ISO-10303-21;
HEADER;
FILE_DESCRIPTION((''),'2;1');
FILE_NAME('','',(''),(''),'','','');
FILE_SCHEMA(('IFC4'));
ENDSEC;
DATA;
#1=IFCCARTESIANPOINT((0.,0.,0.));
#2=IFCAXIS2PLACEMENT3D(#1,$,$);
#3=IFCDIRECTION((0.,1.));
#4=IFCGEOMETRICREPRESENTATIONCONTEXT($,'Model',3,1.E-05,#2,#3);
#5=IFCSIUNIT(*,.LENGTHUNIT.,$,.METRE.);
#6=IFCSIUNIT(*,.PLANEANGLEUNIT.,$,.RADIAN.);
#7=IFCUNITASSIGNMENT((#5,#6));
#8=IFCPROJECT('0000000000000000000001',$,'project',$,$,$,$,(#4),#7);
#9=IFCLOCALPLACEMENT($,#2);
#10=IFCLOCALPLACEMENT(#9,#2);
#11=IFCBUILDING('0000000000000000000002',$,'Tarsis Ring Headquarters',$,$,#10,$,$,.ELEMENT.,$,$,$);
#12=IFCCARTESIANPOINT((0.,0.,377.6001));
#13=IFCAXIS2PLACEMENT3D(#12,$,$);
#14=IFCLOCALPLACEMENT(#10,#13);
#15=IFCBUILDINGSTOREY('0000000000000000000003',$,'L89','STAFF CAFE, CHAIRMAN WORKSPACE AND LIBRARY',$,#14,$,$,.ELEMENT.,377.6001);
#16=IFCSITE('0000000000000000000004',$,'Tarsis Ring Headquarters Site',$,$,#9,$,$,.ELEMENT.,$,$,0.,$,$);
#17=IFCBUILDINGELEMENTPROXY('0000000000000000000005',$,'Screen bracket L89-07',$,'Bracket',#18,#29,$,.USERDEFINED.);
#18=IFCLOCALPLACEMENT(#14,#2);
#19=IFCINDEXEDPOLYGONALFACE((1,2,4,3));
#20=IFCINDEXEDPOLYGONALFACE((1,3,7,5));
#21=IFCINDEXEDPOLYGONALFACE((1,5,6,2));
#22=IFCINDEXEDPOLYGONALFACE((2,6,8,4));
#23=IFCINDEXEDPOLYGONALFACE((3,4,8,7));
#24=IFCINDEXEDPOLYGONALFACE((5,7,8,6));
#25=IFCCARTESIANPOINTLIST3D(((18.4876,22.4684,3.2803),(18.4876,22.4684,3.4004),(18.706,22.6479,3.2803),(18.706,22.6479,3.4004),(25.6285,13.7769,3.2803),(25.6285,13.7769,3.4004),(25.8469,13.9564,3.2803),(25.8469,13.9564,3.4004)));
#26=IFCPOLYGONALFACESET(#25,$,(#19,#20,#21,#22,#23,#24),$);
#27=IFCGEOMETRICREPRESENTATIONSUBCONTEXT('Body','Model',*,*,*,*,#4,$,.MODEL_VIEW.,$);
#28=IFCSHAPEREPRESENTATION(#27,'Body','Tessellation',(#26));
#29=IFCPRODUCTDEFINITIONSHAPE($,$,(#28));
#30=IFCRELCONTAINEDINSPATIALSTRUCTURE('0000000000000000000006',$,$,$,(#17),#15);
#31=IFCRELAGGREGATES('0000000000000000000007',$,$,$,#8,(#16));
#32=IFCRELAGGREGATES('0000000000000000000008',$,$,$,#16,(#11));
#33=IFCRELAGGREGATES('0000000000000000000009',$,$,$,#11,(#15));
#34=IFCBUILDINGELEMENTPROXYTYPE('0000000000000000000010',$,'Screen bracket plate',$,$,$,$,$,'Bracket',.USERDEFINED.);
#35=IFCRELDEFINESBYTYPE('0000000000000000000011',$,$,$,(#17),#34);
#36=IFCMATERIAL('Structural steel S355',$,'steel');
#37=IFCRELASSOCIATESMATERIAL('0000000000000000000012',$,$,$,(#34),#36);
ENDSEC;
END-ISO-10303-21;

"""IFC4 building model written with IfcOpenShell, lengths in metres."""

from ifc_helpers import new_model, si_unit, direction, frame, origin, origin_2d, place, context, subcontext, project, spatial, rectangle, extrude, material, type_object, element, save


model = new_model("IFC4")

# Units and contexts
model_context = context("Model", 3, precision=1e-05, world=origin(), true_north=direction((0.0, 1.0)))
body_context = subcontext(model_context, "Body", "Model", "MODEL_VIEW")
ifc_project = project(units=[si_unit("LENGTHUNIT", "METRE"), si_unit("PLANEANGLEUNIT", "RADIAN")], contexts=[model_context])

# Site, building, storey
site_placement = place(None, origin())
site = spatial("IfcSite", under=ifc_project, at=site_placement, Name="Tarsis Ring Headquarters Site", CompositionType="ELEMENT", RefElevation=0.0)
building_placement = place(site_placement, origin())
building = spatial("IfcBuilding", under=site, at=building_placement, Name="Tarsis Ring Headquarters", CompositionType="ELEMENT")
storey_placement = place(building_placement, frame((0.0, 0.0, 377.6001)))
storey = spatial("IfcBuildingStorey", under=building, at=storey_placement, Name="L89", Description="STAFF CAFE, CHAIRMAN WORKSPACE AND LIBRARY", CompositionType="ELEMENT", Elevation=377.6001)

# Shared definitions
ifc_material_1 = material(Name="Structural steel S355", Category="steel")

# Building element proxy
building_element_proxy_type = type_object("IfcBuildingElementProxyType", Name="Screen bracket plate", ElementType="Bracket", PredefinedType="USERDEFINED", material=ifc_material_1)
proxy_placement = place(storey_placement, frame((22.1672, 18.2124, 3.2803), z_axis=(0.0, 0.0, 1.0), x_axis=(-0.634815, 0.772664, 0.0)))
element("IfcBuildingElementProxy", 1, at=proxy_placement, inside=storey, type_object=building_element_proxy_type, Name="Screen bracket L89-07", ObjectType="Bracket", PredefinedType="USERDEFINED", context=body_context, shape_type="SweptSolid", body=[
    extrude(rectangle(XDim=11.2488, YDim=0.2827, at=origin_2d()), origin(), (0.0, 0.0, 1.0), 0.1201),
])

save(model, "model.ifc")
